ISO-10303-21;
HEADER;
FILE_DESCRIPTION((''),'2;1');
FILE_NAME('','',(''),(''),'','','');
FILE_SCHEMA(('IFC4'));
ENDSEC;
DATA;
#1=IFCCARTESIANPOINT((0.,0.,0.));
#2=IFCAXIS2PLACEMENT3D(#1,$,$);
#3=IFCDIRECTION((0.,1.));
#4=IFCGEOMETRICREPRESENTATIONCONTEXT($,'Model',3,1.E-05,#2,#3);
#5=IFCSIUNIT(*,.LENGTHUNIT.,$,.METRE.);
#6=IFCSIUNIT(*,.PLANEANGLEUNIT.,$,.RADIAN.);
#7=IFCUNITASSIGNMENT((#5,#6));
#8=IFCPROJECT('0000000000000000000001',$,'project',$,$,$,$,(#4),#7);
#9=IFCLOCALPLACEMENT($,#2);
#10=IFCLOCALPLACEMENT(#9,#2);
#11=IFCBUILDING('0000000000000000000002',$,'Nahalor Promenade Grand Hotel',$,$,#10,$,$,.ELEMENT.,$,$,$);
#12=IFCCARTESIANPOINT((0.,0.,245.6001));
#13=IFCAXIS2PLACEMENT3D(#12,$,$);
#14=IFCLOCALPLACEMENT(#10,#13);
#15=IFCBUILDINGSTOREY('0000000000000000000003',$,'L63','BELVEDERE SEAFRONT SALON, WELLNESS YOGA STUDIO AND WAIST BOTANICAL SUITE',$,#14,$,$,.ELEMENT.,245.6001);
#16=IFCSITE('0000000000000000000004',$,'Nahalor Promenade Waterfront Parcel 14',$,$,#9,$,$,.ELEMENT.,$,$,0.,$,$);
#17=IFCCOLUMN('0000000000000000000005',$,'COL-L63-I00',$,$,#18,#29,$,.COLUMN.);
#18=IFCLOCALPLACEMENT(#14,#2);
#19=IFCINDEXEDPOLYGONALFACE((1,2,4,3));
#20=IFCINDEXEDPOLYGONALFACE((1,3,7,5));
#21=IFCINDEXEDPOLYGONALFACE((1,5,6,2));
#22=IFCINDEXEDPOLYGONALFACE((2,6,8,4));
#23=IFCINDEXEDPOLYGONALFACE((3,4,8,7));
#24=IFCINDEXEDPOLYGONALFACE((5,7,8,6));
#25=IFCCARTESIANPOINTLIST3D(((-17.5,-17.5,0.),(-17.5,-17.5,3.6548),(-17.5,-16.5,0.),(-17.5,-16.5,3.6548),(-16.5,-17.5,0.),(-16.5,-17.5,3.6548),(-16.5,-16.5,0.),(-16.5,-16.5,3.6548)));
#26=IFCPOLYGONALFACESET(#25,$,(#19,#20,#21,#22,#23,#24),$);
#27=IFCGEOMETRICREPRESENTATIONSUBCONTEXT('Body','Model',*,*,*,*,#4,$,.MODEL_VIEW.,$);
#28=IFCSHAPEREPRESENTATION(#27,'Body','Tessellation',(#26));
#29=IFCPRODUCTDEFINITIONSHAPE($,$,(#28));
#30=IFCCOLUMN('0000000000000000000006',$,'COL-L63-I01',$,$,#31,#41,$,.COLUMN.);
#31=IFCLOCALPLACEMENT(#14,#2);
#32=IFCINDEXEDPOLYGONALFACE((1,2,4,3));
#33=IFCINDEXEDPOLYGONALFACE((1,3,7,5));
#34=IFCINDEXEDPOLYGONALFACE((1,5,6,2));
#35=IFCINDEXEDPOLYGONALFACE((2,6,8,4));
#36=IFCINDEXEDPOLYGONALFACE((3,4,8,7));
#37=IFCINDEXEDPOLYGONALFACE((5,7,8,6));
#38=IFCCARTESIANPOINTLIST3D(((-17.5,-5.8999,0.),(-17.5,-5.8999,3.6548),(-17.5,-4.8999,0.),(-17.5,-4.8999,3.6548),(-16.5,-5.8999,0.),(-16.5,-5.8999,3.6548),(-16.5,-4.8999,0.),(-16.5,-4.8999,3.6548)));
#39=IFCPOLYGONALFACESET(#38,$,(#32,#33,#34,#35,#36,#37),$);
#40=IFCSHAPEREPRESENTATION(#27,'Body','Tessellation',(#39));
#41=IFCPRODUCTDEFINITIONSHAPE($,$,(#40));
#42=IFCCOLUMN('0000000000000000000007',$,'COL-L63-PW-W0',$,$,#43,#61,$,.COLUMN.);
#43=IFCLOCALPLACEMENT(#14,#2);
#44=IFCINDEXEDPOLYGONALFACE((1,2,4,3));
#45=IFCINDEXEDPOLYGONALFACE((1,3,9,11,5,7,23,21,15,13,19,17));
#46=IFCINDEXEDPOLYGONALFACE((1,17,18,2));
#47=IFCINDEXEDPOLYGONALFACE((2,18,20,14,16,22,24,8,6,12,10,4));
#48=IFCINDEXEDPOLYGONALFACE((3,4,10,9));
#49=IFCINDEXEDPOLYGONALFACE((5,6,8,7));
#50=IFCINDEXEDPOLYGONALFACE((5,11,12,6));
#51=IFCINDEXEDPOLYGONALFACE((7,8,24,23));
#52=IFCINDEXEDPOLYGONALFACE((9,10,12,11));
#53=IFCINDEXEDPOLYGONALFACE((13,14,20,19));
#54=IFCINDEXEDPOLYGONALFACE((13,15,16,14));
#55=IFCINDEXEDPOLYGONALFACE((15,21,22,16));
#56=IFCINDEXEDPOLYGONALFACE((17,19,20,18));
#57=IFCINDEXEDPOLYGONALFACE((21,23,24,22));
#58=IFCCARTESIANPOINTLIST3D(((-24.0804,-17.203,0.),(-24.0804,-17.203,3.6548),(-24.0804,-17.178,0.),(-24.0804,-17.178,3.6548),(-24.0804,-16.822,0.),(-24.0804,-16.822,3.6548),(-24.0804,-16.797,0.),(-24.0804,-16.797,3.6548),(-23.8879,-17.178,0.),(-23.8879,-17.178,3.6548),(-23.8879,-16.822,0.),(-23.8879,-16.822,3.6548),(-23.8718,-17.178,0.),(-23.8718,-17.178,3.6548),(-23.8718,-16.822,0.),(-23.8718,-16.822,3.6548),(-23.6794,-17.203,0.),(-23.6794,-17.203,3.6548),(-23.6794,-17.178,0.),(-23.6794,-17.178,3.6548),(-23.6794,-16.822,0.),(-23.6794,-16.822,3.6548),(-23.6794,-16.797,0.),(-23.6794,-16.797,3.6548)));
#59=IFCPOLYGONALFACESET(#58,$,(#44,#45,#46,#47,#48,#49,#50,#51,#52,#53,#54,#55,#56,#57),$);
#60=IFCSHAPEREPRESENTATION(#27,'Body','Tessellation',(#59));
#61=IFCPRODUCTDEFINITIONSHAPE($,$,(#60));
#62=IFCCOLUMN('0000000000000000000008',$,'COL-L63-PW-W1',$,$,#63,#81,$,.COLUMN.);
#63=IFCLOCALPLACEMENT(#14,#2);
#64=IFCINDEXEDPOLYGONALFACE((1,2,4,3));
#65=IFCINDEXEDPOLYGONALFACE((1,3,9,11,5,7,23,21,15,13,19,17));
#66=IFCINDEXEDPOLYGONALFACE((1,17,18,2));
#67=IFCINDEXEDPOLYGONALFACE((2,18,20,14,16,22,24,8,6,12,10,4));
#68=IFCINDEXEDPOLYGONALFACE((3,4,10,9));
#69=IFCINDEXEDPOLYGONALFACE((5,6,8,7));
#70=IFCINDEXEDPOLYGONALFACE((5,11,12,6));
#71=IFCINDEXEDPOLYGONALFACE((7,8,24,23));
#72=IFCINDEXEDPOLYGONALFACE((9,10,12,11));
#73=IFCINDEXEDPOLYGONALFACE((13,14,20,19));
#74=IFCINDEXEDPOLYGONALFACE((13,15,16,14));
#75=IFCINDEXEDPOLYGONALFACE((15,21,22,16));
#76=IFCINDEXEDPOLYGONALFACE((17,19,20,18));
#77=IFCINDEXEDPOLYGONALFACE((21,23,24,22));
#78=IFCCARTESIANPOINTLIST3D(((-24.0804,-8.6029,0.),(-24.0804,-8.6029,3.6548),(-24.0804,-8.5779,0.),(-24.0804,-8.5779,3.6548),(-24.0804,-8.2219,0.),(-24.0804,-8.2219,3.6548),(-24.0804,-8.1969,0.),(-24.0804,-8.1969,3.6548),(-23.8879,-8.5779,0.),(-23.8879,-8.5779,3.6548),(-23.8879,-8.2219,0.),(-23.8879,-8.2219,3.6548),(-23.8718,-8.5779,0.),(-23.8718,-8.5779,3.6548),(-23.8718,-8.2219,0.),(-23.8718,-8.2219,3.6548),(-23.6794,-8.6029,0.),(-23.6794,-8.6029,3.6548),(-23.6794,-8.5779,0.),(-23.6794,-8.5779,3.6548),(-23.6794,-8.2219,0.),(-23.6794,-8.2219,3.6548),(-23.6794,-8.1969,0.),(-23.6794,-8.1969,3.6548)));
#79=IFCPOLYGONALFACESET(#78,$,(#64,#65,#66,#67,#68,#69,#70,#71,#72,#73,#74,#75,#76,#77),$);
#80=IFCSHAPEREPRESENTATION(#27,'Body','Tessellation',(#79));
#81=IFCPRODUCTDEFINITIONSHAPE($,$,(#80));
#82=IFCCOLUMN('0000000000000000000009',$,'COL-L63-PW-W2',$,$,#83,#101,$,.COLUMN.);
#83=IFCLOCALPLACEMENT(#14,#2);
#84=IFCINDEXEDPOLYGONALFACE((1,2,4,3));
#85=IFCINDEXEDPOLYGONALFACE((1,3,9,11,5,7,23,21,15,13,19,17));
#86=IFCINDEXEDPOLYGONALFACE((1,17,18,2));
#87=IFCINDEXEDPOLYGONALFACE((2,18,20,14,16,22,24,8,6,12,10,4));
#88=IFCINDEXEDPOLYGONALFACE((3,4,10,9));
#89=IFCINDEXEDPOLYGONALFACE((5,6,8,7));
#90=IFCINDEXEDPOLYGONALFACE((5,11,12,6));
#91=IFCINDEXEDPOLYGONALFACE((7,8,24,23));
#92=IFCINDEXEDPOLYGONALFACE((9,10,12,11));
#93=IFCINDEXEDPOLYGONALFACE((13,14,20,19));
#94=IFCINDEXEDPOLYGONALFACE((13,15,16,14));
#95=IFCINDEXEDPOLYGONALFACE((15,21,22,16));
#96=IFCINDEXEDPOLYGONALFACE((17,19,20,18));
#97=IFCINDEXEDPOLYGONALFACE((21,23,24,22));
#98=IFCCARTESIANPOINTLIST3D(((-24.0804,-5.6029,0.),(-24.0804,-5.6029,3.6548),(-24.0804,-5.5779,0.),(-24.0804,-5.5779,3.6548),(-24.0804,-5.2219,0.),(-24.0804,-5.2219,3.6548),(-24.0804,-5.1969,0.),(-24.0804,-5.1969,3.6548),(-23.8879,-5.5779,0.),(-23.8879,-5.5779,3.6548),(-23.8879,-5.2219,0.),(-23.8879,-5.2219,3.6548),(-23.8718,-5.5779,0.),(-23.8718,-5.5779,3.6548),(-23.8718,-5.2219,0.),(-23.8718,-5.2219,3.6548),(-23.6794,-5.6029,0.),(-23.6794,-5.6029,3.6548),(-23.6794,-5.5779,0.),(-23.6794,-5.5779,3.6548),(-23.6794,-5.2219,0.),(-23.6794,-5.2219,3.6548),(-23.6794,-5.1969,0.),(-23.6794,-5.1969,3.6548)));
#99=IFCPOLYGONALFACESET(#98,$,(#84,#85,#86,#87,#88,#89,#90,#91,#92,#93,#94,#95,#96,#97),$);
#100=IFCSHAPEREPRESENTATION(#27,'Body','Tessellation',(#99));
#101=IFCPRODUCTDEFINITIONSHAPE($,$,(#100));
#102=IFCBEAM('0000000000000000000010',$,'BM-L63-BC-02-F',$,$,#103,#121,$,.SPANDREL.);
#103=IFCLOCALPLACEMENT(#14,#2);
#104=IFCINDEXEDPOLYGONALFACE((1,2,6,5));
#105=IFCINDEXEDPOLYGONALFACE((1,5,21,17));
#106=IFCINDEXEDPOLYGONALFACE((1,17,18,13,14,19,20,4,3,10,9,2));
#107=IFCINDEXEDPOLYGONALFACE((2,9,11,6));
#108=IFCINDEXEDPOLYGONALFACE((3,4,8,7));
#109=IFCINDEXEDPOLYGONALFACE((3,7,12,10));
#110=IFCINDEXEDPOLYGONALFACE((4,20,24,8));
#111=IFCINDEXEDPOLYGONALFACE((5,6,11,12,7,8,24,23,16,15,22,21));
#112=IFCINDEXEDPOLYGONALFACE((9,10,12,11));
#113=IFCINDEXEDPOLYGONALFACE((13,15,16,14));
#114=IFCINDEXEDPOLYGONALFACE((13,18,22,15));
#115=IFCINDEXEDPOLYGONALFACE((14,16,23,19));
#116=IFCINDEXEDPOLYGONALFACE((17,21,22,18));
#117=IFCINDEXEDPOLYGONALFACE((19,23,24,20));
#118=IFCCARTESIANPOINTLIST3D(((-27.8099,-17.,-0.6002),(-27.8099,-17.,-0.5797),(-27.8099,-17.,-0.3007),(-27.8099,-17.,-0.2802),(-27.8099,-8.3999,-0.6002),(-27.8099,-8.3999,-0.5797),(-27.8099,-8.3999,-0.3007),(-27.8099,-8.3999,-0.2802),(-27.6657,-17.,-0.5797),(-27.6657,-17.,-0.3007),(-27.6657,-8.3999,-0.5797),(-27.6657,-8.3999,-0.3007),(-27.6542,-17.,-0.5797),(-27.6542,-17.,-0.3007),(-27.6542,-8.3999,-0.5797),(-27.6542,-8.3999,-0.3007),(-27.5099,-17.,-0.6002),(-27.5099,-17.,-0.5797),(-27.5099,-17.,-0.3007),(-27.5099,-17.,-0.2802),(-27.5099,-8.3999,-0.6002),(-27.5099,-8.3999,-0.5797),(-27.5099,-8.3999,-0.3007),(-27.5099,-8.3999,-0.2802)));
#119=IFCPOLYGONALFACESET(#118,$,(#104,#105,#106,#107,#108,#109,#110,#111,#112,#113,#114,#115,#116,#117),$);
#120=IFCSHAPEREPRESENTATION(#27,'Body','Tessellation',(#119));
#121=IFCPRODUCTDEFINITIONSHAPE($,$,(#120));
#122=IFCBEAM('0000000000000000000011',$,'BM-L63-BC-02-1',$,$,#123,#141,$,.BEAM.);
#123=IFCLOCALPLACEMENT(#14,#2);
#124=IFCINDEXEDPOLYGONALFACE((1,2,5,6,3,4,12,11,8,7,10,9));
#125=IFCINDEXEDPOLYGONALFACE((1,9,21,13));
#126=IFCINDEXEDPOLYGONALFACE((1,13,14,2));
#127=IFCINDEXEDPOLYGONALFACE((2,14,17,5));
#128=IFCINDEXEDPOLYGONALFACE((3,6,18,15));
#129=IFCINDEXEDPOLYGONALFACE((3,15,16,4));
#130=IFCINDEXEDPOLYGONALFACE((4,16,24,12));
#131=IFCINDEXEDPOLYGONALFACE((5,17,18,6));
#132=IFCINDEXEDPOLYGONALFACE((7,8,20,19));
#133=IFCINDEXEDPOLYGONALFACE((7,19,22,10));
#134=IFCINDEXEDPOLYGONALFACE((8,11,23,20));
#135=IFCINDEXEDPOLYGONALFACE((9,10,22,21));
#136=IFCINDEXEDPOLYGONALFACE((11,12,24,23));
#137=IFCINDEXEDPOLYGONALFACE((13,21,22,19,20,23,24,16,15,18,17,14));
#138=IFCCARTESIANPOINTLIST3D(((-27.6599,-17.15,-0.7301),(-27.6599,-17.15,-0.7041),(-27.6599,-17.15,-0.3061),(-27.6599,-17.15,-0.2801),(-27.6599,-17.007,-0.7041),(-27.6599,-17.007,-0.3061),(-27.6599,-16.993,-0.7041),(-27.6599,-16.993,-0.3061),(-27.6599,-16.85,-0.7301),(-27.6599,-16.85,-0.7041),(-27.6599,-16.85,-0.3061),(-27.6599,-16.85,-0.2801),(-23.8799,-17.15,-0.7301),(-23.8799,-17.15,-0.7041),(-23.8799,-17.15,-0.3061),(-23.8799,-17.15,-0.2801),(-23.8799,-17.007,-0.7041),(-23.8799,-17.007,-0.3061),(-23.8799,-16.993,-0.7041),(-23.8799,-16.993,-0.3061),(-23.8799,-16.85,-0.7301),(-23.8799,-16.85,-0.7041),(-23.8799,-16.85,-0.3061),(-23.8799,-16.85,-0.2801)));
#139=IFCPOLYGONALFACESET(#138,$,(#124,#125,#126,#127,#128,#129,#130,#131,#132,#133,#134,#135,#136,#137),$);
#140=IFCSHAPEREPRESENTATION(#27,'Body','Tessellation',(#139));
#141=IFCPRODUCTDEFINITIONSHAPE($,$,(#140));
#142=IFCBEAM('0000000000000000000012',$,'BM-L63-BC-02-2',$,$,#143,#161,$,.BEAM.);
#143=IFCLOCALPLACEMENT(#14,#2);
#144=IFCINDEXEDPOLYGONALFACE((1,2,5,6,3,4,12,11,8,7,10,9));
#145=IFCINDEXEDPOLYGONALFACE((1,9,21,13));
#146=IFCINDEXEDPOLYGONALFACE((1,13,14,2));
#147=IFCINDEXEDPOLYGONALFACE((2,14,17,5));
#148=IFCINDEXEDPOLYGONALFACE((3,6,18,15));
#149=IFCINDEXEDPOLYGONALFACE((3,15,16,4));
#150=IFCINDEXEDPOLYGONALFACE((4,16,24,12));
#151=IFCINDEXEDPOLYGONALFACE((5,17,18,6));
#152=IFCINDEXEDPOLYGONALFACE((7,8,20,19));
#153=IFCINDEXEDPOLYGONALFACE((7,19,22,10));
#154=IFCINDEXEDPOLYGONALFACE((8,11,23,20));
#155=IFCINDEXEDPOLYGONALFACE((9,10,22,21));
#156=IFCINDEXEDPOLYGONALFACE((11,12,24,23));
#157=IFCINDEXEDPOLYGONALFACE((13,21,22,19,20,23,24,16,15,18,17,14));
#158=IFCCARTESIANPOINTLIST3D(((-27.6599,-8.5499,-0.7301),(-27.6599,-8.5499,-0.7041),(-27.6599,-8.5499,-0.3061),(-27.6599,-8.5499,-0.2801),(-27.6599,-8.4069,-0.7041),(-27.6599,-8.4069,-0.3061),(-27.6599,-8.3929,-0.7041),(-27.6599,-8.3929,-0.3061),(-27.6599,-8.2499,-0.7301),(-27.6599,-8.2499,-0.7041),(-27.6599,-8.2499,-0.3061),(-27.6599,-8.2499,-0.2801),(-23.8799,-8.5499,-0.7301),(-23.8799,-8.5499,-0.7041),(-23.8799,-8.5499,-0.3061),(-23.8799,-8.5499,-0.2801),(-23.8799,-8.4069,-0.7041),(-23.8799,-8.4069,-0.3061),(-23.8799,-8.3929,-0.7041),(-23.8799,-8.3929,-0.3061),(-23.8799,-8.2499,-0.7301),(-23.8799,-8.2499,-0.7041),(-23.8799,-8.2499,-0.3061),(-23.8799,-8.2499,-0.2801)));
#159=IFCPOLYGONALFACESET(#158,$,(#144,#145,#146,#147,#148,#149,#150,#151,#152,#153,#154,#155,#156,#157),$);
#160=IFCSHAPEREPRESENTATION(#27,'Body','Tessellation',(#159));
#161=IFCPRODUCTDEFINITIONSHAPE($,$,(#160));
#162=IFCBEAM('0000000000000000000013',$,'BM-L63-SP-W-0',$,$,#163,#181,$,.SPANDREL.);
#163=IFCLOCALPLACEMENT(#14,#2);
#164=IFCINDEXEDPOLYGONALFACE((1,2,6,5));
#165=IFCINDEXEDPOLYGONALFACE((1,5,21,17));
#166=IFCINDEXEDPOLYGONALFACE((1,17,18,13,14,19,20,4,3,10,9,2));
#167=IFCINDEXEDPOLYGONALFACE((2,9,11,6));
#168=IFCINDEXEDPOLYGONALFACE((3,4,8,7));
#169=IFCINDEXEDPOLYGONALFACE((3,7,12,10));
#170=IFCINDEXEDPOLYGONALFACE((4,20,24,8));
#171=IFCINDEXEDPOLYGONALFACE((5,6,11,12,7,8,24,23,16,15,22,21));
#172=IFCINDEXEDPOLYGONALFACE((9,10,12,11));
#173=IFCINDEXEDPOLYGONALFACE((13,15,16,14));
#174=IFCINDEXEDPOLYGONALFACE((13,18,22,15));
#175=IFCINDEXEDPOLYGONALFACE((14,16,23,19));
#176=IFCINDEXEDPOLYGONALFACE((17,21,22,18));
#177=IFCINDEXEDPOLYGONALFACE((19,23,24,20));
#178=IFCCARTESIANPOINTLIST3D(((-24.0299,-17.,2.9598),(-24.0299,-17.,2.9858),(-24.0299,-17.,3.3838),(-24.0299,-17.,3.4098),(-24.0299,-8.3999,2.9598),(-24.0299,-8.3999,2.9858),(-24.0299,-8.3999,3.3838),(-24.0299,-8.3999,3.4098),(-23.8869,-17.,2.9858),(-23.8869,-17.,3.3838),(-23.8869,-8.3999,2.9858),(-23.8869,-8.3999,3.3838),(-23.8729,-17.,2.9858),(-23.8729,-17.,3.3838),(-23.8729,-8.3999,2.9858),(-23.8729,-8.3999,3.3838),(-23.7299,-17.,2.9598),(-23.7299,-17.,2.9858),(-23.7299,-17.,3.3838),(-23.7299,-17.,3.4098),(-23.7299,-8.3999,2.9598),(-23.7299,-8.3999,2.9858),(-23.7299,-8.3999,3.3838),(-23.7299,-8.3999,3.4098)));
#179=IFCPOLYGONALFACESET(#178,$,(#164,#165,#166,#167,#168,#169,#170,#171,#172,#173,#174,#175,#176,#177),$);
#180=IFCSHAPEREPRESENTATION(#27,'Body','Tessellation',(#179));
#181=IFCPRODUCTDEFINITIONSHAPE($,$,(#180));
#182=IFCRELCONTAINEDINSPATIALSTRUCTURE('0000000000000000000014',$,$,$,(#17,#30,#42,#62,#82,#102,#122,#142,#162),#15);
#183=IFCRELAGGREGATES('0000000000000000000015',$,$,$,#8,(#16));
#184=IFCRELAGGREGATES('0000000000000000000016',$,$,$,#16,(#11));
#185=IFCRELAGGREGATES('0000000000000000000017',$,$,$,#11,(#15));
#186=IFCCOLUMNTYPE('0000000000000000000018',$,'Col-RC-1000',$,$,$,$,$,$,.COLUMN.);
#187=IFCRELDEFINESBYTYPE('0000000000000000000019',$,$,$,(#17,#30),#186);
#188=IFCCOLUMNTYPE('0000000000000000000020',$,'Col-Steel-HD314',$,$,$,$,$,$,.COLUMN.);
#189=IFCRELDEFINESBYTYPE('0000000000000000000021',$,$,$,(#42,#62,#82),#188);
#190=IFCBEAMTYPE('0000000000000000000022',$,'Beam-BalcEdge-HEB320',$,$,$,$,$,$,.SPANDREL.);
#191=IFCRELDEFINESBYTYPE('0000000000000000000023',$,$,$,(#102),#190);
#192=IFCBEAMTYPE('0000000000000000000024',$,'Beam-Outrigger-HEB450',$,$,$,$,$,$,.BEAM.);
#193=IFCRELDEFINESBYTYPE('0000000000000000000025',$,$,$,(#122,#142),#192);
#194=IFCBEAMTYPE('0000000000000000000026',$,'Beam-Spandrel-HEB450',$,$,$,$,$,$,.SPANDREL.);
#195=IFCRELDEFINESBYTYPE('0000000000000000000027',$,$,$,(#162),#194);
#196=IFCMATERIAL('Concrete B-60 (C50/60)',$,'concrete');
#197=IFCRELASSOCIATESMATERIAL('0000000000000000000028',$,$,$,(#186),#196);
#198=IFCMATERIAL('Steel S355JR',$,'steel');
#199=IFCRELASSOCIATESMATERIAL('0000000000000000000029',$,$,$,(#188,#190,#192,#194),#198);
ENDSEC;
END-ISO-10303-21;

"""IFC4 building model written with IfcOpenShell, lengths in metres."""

from ifc_helpers import new_model, si_unit, direction, frame, origin, origin_2d, place, context, subcontext, project, spatial, rectangle, i_section, extrude, source, transform, mapped, material, material_profile, profile_set, type_object, element, save


model = new_model("IFC4")

# Units and contexts
model_context = context("Model", 3, precision=1e-05, world=origin(), true_north=direction((0.0, 1.0)))
body_context = subcontext(model_context, "Body", "Model", "MODEL_VIEW")
ifc_project = project(units=[si_unit("LENGTHUNIT", "METRE"), si_unit("PLANEANGLEUNIT", "RADIAN")], contexts=[model_context])

# Site, building, storey
site_placement = place(None, origin())
site = spatial("IfcSite", under=ifc_project, at=site_placement, Name="Nahalor Promenade Waterfront Parcel 14", CompositionType="ELEMENT", RefElevation=0.0)
building_placement = place(site_placement, origin())
building = spatial("IfcBuilding", under=site, at=building_placement, Name="Nahalor Promenade Grand Hotel", CompositionType="ELEMENT")
storey_placement = place(building_placement, frame((0.0, 0.0, 245.6001)))
storey = spatial("IfcBuildingStorey", under=building, at=storey_placement, Name="L63", Description="BELVEDERE SEAFRONT SALON, WELLNESS YOGA STUDIO AND WAIST BOTANICAL SUITE", CompositionType="ELEMENT", Elevation=245.6001)

# Columns
ifc_material_1 = material(Name="Concrete B-60 (C50/60)", Category="concrete")
ifc_material_profile_1 = material_profile(ifc_material_1, rectangle(XDim=1.0, YDim=1.0, at=origin_2d()), Name="RC 1000x1000")
ifc_profile_set_1 = profile_set([ifc_material_profile_1], Name="Concrete B-60 (C50/60)")
column_type_1 = type_object("IfcColumnType", Name="Col-RC-1000", PredefinedType="COLUMN", material=ifc_profile_set_1)
shared_shape_1 = source(origin(), body_context, "Body", "SweptSolid", [
    extrude(rectangle(XDim=1.0, YDim=1.0, at=origin_2d()), origin(), (0.0, 0.0, 1.0), 3.6548),
])
for number, where, z_axis, x_axis, name in (
    (1, (-17.0, -17.0, 0.0), (0.0, 0.0, 1.0), (1.0, 0.0, 0.0), "COL-L63-I00"),
    (2, (-17.0, -5.3999, 0.0), (0.0, 0.0, 1.0), (1.0, 0.0, 0.0), "COL-L63-I01"),
):
    element("IfcColumn", number, at=place(storey_placement, frame(where, z_axis=z_axis, x_axis=x_axis)), inside=storey, type_object=column_type_1, Name=name, PredefinedType="COLUMN", context=body_context, shape_type="MappedRepresentation", body=[
        mapped(shared_shape_1, transform((0.0, 0.0, 0.0), scale=1.0)),
    ])
ifc_material_2 = material(Name="Steel S355JR", Category="steel")
ifc_material_profile_2 = material_profile(ifc_material_2, i_section(OverallWidth=0.401, OverallDepth=0.406, WebThickness=0.0161, FlangeThickness=0.025, at=origin_2d()), Name="HD 400x314")
ifc_profile_set_2 = profile_set([ifc_material_profile_2], Name="Steel S355JR")
column_type_2 = type_object("IfcColumnType", Name="Col-Steel-HD314", PredefinedType="COLUMN", material=ifc_profile_set_2)
shared_shape_2 = source(origin(), body_context, "Body", "SweptSolid", [
    extrude(i_section(OverallWidth=0.401, OverallDepth=0.406, WebThickness=0.0161, FlangeThickness=0.025, at=origin_2d()), origin(), (0.0, 0.0, 1.0), 3.6548),
])
for number, where, z_axis, x_axis, name in (
    (3, (-23.8799, -17.0, 0.0), (0.0, 0.0, 1.0), (1.0, 0.0, 0.0), "COL-L63-PW-W0"),
    (4, (-23.8799, -8.3999, 0.0), (0.0, 0.0, 1.0), (1.0, 0.0, 0.0), "COL-L63-PW-W1"),
    (5, (-23.8799, -5.3999, 0.0), (0.0, 0.0, 1.0), (1.0, 0.0, 0.0), "COL-L63-PW-W2"),
):
    element("IfcColumn", number, at=place(storey_placement, frame(where, z_axis=z_axis, x_axis=x_axis)), inside=storey, type_object=column_type_2, Name=name, PredefinedType="COLUMN", context=body_context, shape_type="MappedRepresentation", body=[
        mapped(shared_shape_2, transform((0.0, 0.0, 0.0), scale=1.0)),
    ])

# Beams
ifc_material_profile_3 = material_profile(ifc_material_2, i_section(OverallWidth=0.3, OverallDepth=0.32, WebThickness=0.0115, FlangeThickness=0.0205, at=origin_2d()), Name="HEB 320")
ifc_profile_set_3 = profile_set([ifc_material_profile_3], Name="Steel S355JR")
beam_type_1 = type_object("IfcBeamType", Name="Beam-BalcEdge-HEB320", PredefinedType="SPANDREL", material=ifc_profile_set_3)
shared_shape_3 = source(origin(), body_context, "Body", "SweptSolid", [
    extrude(i_section(OverallWidth=0.3, OverallDepth=0.32, WebThickness=0.0115, FlangeThickness=0.0205, at=origin_2d()), origin(), (0.0, 0.0, 1.0), 8.6001),
])
beam_1_placement = place(storey_placement, frame((-27.6599, -17.0, -0.4402), z_axis=(0.0, 1.0, 0.0), x_axis=(-1.0, 0.0, 0.0)))
element("IfcBeam", 6, at=beam_1_placement, inside=storey, type_object=beam_type_1, Name="BM-L63-BC-02-F", PredefinedType="SPANDREL", context=body_context, shape_type="MappedRepresentation", body=[
    mapped(shared_shape_3, transform((0.0, 0.0, 0.0), scale=1.0)),
])
ifc_material_profile_4 = material_profile(ifc_material_2, i_section(OverallWidth=0.3, OverallDepth=0.45, WebThickness=0.014, FlangeThickness=0.026, at=origin_2d()), Name="HEB 450")
ifc_profile_set_4 = profile_set([ifc_material_profile_4], Name="Steel S355JR")
beam_type_2 = type_object("IfcBeamType", Name="Beam-Outrigger-HEB450", PredefinedType="BEAM", material=ifc_profile_set_4)
shared_shape_4 = source(origin(), body_context, "Body", "SweptSolid", [
    extrude(i_section(OverallWidth=0.3, OverallDepth=0.45, WebThickness=0.014, FlangeThickness=0.026, at=origin_2d()), origin(), (0.0, 0.0, 1.0), 3.78),
])
for number, where, z_axis, x_axis, name in (
    (7, (-27.6599, -17.0, -0.5051), (1.0, 0.0, 0.0), (0.0, 1.0, 0.0), "BM-L63-BC-02-1"),
    (8, (-27.6599, -8.3999, -0.5051), (1.0, 0.0, 0.0), (0.0, 1.0, 0.0), "BM-L63-BC-02-2"),
):
    element("IfcBeam", number, at=place(storey_placement, frame(where, z_axis=z_axis, x_axis=x_axis)), inside=storey, type_object=beam_type_2, Name=name, PredefinedType="BEAM", context=body_context, shape_type="MappedRepresentation", body=[
        mapped(shared_shape_4, transform((0.0, 0.0, 0.0), scale=1.0)),
    ])
ifc_material_profile_5 = material_profile(ifc_material_2, i_section(OverallWidth=0.3, OverallDepth=0.45, WebThickness=0.014, FlangeThickness=0.026, at=origin_2d()), Name="HEB 450")
ifc_profile_set_5 = profile_set([ifc_material_profile_5], Name="Steel S355JR")
beam_type_3 = type_object("IfcBeamType", Name="Beam-Spandrel-HEB450", PredefinedType="SPANDREL", material=ifc_profile_set_5)
shared_shape_5 = source(origin(), body_context, "Body", "SweptSolid", [
    extrude(i_section(OverallWidth=0.3, OverallDepth=0.45, WebThickness=0.014, FlangeThickness=0.026, at=origin_2d()), origin(), (0.0, 0.0, 1.0), 8.6001),
])
beam_2_placement = place(storey_placement, frame((-23.8799, -17.0, 3.1848), z_axis=(0.0, 1.0, 0.0), x_axis=(-1.0, 0.0, 0.0)))
element("IfcBeam", 9, at=beam_2_placement, inside=storey, type_object=beam_type_3, Name="BM-L63-SP-W-0", PredefinedType="SPANDREL", context=body_context, shape_type="MappedRepresentation", body=[
    mapped(shared_shape_5, transform((0.0, 0.0, 0.0), scale=1.0)),
])

save(model, "model.ifc")
